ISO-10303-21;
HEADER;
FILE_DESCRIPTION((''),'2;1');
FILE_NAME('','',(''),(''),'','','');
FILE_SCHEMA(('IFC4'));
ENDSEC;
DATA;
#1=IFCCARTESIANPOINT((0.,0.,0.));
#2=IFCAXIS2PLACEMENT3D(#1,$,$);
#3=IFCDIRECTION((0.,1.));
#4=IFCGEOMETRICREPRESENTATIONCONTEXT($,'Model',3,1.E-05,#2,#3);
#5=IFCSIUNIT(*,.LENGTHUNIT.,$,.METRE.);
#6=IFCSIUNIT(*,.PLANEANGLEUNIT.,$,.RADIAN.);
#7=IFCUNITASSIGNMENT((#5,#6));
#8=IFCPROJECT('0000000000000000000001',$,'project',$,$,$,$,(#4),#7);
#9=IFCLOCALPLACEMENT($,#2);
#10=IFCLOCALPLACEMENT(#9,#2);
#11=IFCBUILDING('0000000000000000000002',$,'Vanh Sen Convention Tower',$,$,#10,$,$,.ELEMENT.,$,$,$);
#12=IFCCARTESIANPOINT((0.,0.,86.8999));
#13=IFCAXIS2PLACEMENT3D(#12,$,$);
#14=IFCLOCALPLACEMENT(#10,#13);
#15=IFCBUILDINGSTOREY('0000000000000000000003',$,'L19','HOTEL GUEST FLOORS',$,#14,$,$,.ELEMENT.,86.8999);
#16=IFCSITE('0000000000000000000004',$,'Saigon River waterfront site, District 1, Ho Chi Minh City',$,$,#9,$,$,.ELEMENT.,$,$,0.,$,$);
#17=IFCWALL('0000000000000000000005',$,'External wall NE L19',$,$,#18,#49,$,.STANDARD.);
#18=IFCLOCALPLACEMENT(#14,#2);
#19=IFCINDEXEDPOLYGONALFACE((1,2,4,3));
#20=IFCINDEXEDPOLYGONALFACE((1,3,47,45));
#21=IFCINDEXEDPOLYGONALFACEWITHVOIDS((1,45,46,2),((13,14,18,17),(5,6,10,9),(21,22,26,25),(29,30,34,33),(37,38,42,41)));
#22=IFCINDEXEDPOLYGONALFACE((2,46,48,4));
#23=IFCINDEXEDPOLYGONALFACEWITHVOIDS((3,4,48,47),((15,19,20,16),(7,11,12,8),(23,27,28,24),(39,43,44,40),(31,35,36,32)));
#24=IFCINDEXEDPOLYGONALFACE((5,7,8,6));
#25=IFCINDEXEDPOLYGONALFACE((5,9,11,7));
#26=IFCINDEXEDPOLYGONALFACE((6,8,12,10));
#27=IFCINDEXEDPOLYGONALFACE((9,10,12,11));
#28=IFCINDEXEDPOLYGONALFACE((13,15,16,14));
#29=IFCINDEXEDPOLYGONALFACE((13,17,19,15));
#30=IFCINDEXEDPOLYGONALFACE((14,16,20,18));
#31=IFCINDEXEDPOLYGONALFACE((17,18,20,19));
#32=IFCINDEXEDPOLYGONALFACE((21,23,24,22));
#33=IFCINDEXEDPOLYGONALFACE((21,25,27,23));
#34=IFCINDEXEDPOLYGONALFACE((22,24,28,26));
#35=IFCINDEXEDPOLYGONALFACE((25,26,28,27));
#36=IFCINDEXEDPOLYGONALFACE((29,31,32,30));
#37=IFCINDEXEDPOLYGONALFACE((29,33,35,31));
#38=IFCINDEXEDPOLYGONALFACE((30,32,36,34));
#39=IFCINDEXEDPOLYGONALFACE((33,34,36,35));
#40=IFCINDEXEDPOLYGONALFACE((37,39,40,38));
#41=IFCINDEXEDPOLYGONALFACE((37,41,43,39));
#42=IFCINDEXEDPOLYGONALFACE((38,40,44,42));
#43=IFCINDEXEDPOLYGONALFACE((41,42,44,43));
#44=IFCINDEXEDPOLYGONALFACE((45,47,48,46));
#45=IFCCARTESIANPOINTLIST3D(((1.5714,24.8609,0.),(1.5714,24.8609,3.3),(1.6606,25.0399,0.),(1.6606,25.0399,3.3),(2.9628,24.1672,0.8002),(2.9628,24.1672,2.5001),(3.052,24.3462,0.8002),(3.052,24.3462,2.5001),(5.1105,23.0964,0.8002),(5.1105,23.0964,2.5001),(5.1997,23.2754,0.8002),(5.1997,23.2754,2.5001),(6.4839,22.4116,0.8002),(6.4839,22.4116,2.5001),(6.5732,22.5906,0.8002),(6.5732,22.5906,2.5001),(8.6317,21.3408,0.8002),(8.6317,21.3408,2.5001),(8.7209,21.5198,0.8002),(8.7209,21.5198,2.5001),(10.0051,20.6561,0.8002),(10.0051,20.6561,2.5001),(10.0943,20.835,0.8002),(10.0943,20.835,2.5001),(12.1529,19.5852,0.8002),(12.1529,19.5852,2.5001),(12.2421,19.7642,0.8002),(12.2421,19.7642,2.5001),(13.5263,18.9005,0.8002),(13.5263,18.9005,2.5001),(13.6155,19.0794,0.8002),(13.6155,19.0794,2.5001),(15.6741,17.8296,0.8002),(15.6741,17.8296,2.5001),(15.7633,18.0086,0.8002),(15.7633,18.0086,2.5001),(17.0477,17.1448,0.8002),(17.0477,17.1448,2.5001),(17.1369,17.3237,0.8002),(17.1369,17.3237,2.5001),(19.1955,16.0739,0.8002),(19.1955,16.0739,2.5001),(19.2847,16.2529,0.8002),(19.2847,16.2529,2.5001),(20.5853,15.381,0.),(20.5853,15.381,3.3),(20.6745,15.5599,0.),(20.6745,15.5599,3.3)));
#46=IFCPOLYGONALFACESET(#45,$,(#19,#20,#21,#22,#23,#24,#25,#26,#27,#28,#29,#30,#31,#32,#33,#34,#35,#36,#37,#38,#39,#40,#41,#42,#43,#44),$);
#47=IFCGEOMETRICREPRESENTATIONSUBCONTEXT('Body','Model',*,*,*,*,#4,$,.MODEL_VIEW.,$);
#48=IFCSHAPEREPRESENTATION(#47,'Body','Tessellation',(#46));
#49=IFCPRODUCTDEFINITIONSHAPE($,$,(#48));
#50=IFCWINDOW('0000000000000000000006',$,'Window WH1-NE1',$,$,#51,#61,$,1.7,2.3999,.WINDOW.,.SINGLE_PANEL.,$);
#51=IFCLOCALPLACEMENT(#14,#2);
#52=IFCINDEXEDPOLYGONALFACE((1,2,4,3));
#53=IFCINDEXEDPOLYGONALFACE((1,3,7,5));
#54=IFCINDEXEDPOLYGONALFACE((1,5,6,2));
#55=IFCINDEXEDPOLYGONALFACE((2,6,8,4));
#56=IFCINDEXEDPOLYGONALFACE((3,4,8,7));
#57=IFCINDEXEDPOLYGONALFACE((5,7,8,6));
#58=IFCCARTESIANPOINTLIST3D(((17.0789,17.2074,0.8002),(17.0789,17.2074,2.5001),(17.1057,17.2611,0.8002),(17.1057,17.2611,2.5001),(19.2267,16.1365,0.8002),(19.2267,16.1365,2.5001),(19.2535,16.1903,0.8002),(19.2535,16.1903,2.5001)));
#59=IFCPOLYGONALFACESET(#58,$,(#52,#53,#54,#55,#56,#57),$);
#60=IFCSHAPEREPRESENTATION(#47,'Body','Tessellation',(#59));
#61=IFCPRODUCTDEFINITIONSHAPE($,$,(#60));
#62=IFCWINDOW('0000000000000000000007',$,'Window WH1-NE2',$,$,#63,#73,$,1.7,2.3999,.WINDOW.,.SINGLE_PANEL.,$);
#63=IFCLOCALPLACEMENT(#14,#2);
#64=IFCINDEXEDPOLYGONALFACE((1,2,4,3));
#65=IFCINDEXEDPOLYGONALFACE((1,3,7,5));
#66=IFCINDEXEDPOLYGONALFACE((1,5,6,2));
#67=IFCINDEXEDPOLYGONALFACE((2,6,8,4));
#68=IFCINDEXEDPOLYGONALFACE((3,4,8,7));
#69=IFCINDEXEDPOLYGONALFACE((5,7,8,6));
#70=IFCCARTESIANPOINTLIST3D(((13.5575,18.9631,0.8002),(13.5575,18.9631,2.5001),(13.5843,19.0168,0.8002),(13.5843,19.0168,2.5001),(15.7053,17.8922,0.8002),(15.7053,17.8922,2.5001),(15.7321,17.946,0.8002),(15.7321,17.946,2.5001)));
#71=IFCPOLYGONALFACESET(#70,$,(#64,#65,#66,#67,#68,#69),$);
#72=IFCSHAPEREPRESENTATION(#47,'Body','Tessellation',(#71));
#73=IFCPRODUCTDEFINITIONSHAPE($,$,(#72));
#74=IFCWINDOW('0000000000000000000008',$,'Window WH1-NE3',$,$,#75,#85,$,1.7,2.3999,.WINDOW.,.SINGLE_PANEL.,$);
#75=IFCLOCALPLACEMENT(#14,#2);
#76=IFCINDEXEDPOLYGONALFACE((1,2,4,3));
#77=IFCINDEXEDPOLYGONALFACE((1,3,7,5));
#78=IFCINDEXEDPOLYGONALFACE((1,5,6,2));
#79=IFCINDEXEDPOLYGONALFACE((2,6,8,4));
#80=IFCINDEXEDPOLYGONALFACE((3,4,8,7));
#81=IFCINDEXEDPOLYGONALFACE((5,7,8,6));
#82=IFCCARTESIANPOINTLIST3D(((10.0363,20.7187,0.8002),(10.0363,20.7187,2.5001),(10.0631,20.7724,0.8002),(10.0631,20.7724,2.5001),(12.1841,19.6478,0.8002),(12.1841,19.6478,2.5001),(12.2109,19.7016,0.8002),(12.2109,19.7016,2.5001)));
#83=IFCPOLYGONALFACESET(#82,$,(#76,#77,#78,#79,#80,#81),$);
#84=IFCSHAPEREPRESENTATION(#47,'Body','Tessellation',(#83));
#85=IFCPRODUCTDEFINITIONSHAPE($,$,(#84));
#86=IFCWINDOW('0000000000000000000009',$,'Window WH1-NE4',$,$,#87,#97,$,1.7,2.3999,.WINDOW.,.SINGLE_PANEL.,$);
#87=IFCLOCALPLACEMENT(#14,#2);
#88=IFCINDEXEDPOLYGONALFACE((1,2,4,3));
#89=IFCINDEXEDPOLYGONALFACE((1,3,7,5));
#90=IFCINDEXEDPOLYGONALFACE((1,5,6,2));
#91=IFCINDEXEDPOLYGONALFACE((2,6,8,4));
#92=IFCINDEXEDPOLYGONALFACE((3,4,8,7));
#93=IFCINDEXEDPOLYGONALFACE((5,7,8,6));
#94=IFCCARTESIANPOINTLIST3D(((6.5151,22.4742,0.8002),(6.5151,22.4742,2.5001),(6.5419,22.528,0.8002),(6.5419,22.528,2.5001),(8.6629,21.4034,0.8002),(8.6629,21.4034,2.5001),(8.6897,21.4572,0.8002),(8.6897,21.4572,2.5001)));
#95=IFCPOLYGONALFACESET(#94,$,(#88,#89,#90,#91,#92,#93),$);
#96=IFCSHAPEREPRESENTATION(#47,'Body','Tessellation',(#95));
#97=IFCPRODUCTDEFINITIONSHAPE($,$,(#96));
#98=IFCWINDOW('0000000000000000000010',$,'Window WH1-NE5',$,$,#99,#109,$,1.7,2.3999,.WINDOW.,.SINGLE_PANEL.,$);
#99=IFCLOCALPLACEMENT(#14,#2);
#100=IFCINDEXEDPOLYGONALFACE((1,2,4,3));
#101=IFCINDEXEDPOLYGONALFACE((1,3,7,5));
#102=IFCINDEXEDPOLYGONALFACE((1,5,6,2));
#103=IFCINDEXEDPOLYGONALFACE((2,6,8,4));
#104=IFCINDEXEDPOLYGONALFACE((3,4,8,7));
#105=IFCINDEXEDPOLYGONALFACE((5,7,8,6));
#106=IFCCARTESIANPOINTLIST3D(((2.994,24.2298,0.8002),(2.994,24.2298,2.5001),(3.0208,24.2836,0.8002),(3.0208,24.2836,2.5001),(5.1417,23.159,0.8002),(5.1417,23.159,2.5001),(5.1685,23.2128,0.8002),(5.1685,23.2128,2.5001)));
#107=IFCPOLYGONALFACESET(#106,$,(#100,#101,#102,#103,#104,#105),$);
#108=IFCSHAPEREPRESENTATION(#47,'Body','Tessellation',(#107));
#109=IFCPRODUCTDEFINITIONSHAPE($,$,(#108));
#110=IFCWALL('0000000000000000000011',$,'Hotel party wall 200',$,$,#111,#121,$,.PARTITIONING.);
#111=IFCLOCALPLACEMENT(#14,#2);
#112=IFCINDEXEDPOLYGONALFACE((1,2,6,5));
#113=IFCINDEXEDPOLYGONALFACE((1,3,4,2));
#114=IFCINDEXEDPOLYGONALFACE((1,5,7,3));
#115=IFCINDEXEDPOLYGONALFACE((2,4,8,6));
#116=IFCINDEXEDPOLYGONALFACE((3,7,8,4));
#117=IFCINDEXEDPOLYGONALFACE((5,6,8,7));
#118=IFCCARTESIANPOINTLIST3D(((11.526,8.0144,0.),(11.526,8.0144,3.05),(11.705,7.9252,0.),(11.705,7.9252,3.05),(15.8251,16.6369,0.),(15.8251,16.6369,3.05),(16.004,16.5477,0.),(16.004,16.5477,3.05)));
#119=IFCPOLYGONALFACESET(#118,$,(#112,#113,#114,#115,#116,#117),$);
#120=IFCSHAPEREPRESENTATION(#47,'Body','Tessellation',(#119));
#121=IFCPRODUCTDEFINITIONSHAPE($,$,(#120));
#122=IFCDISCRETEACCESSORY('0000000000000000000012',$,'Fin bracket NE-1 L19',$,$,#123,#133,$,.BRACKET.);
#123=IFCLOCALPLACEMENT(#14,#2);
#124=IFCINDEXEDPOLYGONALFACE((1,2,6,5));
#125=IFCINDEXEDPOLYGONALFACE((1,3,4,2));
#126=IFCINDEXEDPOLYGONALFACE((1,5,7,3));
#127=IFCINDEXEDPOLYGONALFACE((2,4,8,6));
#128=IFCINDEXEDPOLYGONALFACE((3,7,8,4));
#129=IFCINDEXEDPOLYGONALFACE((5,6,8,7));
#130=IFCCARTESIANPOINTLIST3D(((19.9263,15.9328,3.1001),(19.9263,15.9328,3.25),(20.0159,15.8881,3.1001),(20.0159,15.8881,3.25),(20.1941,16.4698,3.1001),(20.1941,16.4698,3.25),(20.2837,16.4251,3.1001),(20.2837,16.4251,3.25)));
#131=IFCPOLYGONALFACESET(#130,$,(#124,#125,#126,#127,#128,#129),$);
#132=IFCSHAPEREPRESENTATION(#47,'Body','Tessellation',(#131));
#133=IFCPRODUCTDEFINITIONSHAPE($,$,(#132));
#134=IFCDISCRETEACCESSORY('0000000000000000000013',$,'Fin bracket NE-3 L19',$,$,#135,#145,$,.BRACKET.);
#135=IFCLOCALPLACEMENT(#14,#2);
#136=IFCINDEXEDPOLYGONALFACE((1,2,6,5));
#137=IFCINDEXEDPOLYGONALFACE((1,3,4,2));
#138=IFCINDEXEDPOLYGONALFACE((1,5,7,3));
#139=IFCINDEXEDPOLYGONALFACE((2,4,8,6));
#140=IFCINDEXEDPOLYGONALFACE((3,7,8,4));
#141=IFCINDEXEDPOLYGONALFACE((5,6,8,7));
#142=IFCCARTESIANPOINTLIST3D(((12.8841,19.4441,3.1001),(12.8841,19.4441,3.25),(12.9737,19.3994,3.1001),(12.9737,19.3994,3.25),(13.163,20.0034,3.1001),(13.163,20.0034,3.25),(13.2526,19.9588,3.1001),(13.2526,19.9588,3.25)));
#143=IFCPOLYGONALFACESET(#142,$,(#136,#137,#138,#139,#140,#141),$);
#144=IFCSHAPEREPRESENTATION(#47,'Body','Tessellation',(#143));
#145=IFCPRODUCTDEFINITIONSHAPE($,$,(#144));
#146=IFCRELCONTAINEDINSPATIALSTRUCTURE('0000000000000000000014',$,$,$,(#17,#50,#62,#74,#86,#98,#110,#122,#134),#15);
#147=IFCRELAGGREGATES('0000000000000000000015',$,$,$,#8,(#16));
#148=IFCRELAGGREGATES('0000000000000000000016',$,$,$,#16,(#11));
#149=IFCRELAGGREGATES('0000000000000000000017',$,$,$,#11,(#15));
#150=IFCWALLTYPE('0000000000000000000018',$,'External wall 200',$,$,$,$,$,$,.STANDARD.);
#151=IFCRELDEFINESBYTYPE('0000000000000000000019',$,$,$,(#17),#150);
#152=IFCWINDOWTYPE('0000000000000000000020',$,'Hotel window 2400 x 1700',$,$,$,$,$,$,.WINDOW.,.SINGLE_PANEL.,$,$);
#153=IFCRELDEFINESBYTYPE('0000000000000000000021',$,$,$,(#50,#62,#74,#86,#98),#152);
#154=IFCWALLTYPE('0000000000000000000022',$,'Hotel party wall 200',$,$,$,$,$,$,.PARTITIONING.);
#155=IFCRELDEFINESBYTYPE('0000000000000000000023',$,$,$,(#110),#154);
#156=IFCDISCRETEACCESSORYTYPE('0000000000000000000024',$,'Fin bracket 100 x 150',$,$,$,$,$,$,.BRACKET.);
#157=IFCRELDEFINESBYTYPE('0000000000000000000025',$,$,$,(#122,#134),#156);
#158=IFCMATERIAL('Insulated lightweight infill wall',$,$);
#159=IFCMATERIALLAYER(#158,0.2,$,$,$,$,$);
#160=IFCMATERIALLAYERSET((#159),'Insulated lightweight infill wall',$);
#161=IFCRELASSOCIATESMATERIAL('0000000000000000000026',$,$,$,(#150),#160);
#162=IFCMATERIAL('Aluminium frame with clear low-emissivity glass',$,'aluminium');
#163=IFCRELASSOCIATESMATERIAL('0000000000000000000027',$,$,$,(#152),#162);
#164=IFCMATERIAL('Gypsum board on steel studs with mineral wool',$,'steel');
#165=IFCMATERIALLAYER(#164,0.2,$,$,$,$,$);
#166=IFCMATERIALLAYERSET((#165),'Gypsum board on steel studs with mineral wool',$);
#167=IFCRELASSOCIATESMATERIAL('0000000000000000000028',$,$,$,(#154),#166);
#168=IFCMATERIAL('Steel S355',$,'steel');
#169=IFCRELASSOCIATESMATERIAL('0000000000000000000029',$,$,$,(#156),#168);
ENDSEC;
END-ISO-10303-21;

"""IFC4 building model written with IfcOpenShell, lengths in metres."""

from ifc_helpers import new_model, si_unit, direction, frame, frame_2d, origin, origin_2d, place, context, subcontext, project, spatial, rectangle, extrude, material, layer, layer_set, type_object, element, fill, save


model = new_model("IFC4")

# Units and contexts
model_context = context("Model", 3, precision=1e-05, world=origin(), true_north=direction((0.0, 1.0)))
body_context = subcontext(model_context, "Body", "Model", "MODEL_VIEW")
ifc_project = project(units=[si_unit("LENGTHUNIT", "METRE"), si_unit("PLANEANGLEUNIT", "RADIAN")], contexts=[model_context])

# Site, building, storey
site_placement = place(None, origin())
site = spatial("IfcSite", under=ifc_project, at=site_placement, Name="Saigon River waterfront site, District 1, Ho Chi Minh City", CompositionType="ELEMENT", RefElevation=0.0)
building_placement = place(site_placement, origin())
building = spatial("IfcBuilding", under=site, at=building_placement, Name="Vanh Sen Convention Tower", CompositionType="ELEMENT")
storey_placement = place(building_placement, frame((0.0, 0.0, 86.8999)))
storey = spatial("IfcBuildingStorey", under=building, at=storey_placement, Name="L19", Description="HOTEL GUEST FLOORS", CompositionType="ELEMENT", Elevation=86.8999)

# Shared definitions
ifc_material_1 = material(Name="Insulated lightweight infill wall")
ifc_layer_1 = layer(ifc_material_1, 0.2)
ifc_layer_set_1 = layer_set([ifc_layer_1], Name="Insulated lightweight infill wall")
wall_type_1 = type_object("IfcWallType", Name="External wall 200", PredefinedType="STANDARD", material=ifc_layer_set_1)
ifc_material_2 = material(Name="Aluminium frame with clear low-emissivity glass", Category="aluminium")

# Wall, openings, windows
wall_1_placement = place(storey_placement, frame((20.6299, 15.4705, 0.0), z_axis=(0.0, 0.0, 1.0), x_axis=(-0.894935, 0.446197, 0.0)))
wall_1 = element("IfcWall", 1, at=wall_1_placement, inside=storey, type_object=wall_type_1, Name="External wall NE L19", PredefinedType="STANDARD", context=body_context, shape_type="SweptSolid", body=[
    extrude(rectangle(XDim=21.2461, YDim=0.2, at=frame_2d((10.623, 0.0))), origin(), (0.0, 0.0, 1.0), 3.3),
])
opening_1_placement = place(wall_1_placement, frame((1.553, 0.0, 0.8)))
opening_1 = element("IfcOpeningElement", 2, at=opening_1_placement, cuts=wall_1, PredefinedType="OPENING", context=body_context, shape_type="SweptSolid", body=[
    extrude(rectangle(XDim=2.3999, YDim=1.7, at=frame_2d((1.2, 0.8501))), frame((0.0, 0.1099, 0.0), z_axis=(0.0, -1.0, 0.0), x_axis=(1.0, 0.0, 0.0)), (0.0, 0.0, 1.0), 0.22),
])
opening_2_placement = place(wall_1_placement, frame((5.4878, 0.0, 0.8)))
opening_2 = element("IfcOpeningElement", 3, at=opening_2_placement, cuts=wall_1, PredefinedType="OPENING", context=body_context, shape_type="SweptSolid", body=[
    extrude(rectangle(XDim=2.3999, YDim=1.7, at=frame_2d((1.2, 0.8501))), frame((0.0, 0.1099, 0.0), z_axis=(0.0, -1.0, 0.0), x_axis=(1.0, 0.0, 0.0)), (0.0, 0.0, 1.0), 0.22),
])
opening_3_placement = place(wall_1_placement, frame((9.4224, 0.0, 0.8)))
opening_3 = element("IfcOpeningElement", 4, at=opening_3_placement, cuts=wall_1, PredefinedType="OPENING", context=body_context, shape_type="SweptSolid", body=[
    extrude(rectangle(XDim=2.3999, YDim=1.7, at=frame_2d((1.2, 0.8501))), frame((0.0, 0.1099, 0.0), z_axis=(0.0, -1.0, 0.0), x_axis=(1.0, 0.0, 0.0)), (0.0, 0.0, 1.0), 0.22),
])
opening_4_placement = place(wall_1_placement, frame((13.3569, 0.0, 0.8)))
opening_4 = element("IfcOpeningElement", 5, at=opening_4_placement, cuts=wall_1, PredefinedType="OPENING", context=body_context, shape_type="SweptSolid", body=[
    extrude(rectangle(XDim=2.3999, YDim=1.7, at=frame_2d((1.2, 0.8501))), frame((0.0, 0.1099, 0.0), z_axis=(0.0, -1.0, 0.0), x_axis=(1.0, 0.0, 0.0)), (0.0, 0.0, 1.0), 0.22),
])
opening_5_placement = place(wall_1_placement, frame((17.2915, 0.0, 0.8)))
opening_5 = element("IfcOpeningElement", 6, at=opening_5_placement, cuts=wall_1, PredefinedType="OPENING", context=body_context, shape_type="SweptSolid", body=[
    extrude(rectangle(XDim=2.3999, YDim=1.7, at=frame_2d((1.2, 0.8501))), frame((0.0, 0.1099, 0.0), z_axis=(0.0, -1.0, 0.0), x_axis=(1.0, 0.0, 0.0)), (0.0, 0.0, 1.0), 0.22),
])
window_type_1 = type_object("IfcWindowType", Name="Hotel window 2400 x 1700", PartitioningType="SINGLE_PANEL", PredefinedType="WINDOW", material=ifc_material_2)
window_1_placement = place(opening_1_placement, origin())
window_1 = element("IfcWindow", 7, at=window_1_placement, inside=storey, type_object=window_type_1, Name="Window WH1-NE1", OverallHeight=1.7, OverallWidth=2.3999, PartitioningType="SINGLE_PANEL", PredefinedType="WINDOW", context=body_context, shape_type="SweptSolid", body=[
    extrude(rectangle(XDim=2.3999, YDim=1.7, at=frame_2d((1.2, 0.8501))), frame((0.0, 0.03, 0.0), z_axis=(0.0, -1.0, 0.0), x_axis=(1.0, 0.0, 0.0)), (0.0, 0.0, 1.0), 0.0601),
])
fill(opening_1, window_1)
window_2_placement = place(opening_2_placement, origin())
window_2 = element("IfcWindow", 8, at=window_2_placement, inside=storey, type_object=window_type_1, Name="Window WH1-NE2", OverallHeight=1.7, OverallWidth=2.3999, PartitioningType="SINGLE_PANEL", PredefinedType="WINDOW", context=body_context, shape_type="SweptSolid", body=[
    extrude(rectangle(XDim=2.3999, YDim=1.7, at=frame_2d((1.2, 0.8501))), frame((0.0, 0.03, 0.0), z_axis=(0.0, -1.0, 0.0), x_axis=(1.0, 0.0, 0.0)), (0.0, 0.0, 1.0), 0.0601),
])
fill(opening_2, window_2)
window_3_placement = place(opening_3_placement, origin())
window_3 = element("IfcWindow", 9, at=window_3_placement, inside=storey, type_object=window_type_1, Name="Window WH1-NE3", OverallHeight=1.7, OverallWidth=2.3999, PartitioningType="SINGLE_PANEL", PredefinedType="WINDOW", context=body_context, shape_type="SweptSolid", body=[
    extrude(rectangle(XDim=2.3999, YDim=1.7, at=frame_2d((1.2, 0.8501))), frame((0.0, 0.03, 0.0), z_axis=(0.0, -1.0, 0.0), x_axis=(1.0, 0.0, 0.0)), (0.0, 0.0, 1.0), 0.0601),
])
fill(opening_3, window_3)
window_4_placement = place(opening_4_placement, origin())
window_4 = element("IfcWindow", 10, at=window_4_placement, inside=storey, type_object=window_type_1, Name="Window WH1-NE4", OverallHeight=1.7, OverallWidth=2.3999, PartitioningType="SINGLE_PANEL", PredefinedType="WINDOW", context=body_context, shape_type="SweptSolid", body=[
    extrude(rectangle(XDim=2.3999, YDim=1.7, at=frame_2d((1.2, 0.8501))), frame((0.0, 0.03, 0.0), z_axis=(0.0, -1.0, 0.0), x_axis=(1.0, 0.0, 0.0)), (0.0, 0.0, 1.0), 0.0601),
])
fill(opening_4, window_4)
window_5_placement = place(opening_5_placement, origin())
window_5 = element("IfcWindow", 11, at=window_5_placement, inside=storey, type_object=window_type_1, Name="Window WH1-NE5", OverallHeight=1.7, OverallWidth=2.3999, PartitioningType="SINGLE_PANEL", PredefinedType="WINDOW", context=body_context, shape_type="SweptSolid", body=[
    extrude(rectangle(XDim=2.3999, YDim=1.7, at=frame_2d((1.2, 0.8501))), frame((0.0, 0.03, 0.0), z_axis=(0.0, -1.0, 0.0), x_axis=(1.0, 0.0, 0.0)), (0.0, 0.0, 1.0), 0.0601),
])
fill(opening_5, window_5)

# Wall
ifc_material_3 = material(Name="Gypsum board on steel studs with mineral wool", Category="steel")
ifc_layer_2 = layer(ifc_material_3, 0.2)
ifc_layer_set_2 = layer_set([ifc_layer_2], Name="Gypsum board on steel studs with mineral wool")
wall_type_2 = type_object("IfcWallType", Name="Hotel party wall 200", PredefinedType="PARTITIONING", material=ifc_layer_set_2)
wall_2_placement = place(storey_placement, frame((15.9146, 16.5923, 0.0), z_axis=(0.0, 0.0, 1.0), x_axis=(-0.4462, -0.894933, 0.0)))
element("IfcWall", 12, at=wall_2_placement, inside=storey, type_object=wall_type_2, Name="Hotel party wall 200", PredefinedType="PARTITIONING", context=body_context, shape_type="SweptSolid", body=[
    extrude(rectangle(XDim=9.6348, YDim=0.2, at=frame_2d((4.8174, 0.0))), origin(), (0.0, 0.0, 1.0), 3.05),
])

# Discrete accessories
ifc_material_4 = material(Name="Steel S355", Category="steel")
discrete_accessory_type = type_object("IfcDiscreteAccessoryType", Name="Fin bracket 100 x 150", PredefinedType="BRACKET", material=ifc_material_4)
discrete_accessory_1_placement = place(storey_placement, frame((20.105, 16.179, 3.1001), z_axis=(0.0, 0.0, 1.0), x_axis=(0.446198, 0.894934, 0.0)))
element("IfcDiscreteAccessory", 13, at=discrete_accessory_1_placement, inside=storey, type_object=discrete_accessory_type, Name="Fin bracket NE-1 L19", PredefinedType="BRACKET", context=body_context, shape_type="SweptSolid", body=[
    extrude(rectangle(XDim=0.6001, YDim=0.1001, at=origin_2d()), origin(), (0.0, 0.0, 1.0), 0.1499),
])
discrete_accessory_2_placement = place(storey_placement, frame((13.0684, 19.7014, 3.1001), z_axis=(0.0, 0.0, 1.0), x_axis=(0.446198, 0.894934, 0.0)))
element("IfcDiscreteAccessory", 14, at=discrete_accessory_2_placement, inside=storey, type_object=discrete_accessory_type, Name="Fin bracket NE-3 L19", PredefinedType="BRACKET", context=body_context, shape_type="SweptSolid", body=[
    extrude(rectangle(XDim=0.625, YDim=0.1001, at=origin_2d()), origin(), (0.0, 0.0, 1.0), 0.1499),
])

save(model, "model.ifc")
